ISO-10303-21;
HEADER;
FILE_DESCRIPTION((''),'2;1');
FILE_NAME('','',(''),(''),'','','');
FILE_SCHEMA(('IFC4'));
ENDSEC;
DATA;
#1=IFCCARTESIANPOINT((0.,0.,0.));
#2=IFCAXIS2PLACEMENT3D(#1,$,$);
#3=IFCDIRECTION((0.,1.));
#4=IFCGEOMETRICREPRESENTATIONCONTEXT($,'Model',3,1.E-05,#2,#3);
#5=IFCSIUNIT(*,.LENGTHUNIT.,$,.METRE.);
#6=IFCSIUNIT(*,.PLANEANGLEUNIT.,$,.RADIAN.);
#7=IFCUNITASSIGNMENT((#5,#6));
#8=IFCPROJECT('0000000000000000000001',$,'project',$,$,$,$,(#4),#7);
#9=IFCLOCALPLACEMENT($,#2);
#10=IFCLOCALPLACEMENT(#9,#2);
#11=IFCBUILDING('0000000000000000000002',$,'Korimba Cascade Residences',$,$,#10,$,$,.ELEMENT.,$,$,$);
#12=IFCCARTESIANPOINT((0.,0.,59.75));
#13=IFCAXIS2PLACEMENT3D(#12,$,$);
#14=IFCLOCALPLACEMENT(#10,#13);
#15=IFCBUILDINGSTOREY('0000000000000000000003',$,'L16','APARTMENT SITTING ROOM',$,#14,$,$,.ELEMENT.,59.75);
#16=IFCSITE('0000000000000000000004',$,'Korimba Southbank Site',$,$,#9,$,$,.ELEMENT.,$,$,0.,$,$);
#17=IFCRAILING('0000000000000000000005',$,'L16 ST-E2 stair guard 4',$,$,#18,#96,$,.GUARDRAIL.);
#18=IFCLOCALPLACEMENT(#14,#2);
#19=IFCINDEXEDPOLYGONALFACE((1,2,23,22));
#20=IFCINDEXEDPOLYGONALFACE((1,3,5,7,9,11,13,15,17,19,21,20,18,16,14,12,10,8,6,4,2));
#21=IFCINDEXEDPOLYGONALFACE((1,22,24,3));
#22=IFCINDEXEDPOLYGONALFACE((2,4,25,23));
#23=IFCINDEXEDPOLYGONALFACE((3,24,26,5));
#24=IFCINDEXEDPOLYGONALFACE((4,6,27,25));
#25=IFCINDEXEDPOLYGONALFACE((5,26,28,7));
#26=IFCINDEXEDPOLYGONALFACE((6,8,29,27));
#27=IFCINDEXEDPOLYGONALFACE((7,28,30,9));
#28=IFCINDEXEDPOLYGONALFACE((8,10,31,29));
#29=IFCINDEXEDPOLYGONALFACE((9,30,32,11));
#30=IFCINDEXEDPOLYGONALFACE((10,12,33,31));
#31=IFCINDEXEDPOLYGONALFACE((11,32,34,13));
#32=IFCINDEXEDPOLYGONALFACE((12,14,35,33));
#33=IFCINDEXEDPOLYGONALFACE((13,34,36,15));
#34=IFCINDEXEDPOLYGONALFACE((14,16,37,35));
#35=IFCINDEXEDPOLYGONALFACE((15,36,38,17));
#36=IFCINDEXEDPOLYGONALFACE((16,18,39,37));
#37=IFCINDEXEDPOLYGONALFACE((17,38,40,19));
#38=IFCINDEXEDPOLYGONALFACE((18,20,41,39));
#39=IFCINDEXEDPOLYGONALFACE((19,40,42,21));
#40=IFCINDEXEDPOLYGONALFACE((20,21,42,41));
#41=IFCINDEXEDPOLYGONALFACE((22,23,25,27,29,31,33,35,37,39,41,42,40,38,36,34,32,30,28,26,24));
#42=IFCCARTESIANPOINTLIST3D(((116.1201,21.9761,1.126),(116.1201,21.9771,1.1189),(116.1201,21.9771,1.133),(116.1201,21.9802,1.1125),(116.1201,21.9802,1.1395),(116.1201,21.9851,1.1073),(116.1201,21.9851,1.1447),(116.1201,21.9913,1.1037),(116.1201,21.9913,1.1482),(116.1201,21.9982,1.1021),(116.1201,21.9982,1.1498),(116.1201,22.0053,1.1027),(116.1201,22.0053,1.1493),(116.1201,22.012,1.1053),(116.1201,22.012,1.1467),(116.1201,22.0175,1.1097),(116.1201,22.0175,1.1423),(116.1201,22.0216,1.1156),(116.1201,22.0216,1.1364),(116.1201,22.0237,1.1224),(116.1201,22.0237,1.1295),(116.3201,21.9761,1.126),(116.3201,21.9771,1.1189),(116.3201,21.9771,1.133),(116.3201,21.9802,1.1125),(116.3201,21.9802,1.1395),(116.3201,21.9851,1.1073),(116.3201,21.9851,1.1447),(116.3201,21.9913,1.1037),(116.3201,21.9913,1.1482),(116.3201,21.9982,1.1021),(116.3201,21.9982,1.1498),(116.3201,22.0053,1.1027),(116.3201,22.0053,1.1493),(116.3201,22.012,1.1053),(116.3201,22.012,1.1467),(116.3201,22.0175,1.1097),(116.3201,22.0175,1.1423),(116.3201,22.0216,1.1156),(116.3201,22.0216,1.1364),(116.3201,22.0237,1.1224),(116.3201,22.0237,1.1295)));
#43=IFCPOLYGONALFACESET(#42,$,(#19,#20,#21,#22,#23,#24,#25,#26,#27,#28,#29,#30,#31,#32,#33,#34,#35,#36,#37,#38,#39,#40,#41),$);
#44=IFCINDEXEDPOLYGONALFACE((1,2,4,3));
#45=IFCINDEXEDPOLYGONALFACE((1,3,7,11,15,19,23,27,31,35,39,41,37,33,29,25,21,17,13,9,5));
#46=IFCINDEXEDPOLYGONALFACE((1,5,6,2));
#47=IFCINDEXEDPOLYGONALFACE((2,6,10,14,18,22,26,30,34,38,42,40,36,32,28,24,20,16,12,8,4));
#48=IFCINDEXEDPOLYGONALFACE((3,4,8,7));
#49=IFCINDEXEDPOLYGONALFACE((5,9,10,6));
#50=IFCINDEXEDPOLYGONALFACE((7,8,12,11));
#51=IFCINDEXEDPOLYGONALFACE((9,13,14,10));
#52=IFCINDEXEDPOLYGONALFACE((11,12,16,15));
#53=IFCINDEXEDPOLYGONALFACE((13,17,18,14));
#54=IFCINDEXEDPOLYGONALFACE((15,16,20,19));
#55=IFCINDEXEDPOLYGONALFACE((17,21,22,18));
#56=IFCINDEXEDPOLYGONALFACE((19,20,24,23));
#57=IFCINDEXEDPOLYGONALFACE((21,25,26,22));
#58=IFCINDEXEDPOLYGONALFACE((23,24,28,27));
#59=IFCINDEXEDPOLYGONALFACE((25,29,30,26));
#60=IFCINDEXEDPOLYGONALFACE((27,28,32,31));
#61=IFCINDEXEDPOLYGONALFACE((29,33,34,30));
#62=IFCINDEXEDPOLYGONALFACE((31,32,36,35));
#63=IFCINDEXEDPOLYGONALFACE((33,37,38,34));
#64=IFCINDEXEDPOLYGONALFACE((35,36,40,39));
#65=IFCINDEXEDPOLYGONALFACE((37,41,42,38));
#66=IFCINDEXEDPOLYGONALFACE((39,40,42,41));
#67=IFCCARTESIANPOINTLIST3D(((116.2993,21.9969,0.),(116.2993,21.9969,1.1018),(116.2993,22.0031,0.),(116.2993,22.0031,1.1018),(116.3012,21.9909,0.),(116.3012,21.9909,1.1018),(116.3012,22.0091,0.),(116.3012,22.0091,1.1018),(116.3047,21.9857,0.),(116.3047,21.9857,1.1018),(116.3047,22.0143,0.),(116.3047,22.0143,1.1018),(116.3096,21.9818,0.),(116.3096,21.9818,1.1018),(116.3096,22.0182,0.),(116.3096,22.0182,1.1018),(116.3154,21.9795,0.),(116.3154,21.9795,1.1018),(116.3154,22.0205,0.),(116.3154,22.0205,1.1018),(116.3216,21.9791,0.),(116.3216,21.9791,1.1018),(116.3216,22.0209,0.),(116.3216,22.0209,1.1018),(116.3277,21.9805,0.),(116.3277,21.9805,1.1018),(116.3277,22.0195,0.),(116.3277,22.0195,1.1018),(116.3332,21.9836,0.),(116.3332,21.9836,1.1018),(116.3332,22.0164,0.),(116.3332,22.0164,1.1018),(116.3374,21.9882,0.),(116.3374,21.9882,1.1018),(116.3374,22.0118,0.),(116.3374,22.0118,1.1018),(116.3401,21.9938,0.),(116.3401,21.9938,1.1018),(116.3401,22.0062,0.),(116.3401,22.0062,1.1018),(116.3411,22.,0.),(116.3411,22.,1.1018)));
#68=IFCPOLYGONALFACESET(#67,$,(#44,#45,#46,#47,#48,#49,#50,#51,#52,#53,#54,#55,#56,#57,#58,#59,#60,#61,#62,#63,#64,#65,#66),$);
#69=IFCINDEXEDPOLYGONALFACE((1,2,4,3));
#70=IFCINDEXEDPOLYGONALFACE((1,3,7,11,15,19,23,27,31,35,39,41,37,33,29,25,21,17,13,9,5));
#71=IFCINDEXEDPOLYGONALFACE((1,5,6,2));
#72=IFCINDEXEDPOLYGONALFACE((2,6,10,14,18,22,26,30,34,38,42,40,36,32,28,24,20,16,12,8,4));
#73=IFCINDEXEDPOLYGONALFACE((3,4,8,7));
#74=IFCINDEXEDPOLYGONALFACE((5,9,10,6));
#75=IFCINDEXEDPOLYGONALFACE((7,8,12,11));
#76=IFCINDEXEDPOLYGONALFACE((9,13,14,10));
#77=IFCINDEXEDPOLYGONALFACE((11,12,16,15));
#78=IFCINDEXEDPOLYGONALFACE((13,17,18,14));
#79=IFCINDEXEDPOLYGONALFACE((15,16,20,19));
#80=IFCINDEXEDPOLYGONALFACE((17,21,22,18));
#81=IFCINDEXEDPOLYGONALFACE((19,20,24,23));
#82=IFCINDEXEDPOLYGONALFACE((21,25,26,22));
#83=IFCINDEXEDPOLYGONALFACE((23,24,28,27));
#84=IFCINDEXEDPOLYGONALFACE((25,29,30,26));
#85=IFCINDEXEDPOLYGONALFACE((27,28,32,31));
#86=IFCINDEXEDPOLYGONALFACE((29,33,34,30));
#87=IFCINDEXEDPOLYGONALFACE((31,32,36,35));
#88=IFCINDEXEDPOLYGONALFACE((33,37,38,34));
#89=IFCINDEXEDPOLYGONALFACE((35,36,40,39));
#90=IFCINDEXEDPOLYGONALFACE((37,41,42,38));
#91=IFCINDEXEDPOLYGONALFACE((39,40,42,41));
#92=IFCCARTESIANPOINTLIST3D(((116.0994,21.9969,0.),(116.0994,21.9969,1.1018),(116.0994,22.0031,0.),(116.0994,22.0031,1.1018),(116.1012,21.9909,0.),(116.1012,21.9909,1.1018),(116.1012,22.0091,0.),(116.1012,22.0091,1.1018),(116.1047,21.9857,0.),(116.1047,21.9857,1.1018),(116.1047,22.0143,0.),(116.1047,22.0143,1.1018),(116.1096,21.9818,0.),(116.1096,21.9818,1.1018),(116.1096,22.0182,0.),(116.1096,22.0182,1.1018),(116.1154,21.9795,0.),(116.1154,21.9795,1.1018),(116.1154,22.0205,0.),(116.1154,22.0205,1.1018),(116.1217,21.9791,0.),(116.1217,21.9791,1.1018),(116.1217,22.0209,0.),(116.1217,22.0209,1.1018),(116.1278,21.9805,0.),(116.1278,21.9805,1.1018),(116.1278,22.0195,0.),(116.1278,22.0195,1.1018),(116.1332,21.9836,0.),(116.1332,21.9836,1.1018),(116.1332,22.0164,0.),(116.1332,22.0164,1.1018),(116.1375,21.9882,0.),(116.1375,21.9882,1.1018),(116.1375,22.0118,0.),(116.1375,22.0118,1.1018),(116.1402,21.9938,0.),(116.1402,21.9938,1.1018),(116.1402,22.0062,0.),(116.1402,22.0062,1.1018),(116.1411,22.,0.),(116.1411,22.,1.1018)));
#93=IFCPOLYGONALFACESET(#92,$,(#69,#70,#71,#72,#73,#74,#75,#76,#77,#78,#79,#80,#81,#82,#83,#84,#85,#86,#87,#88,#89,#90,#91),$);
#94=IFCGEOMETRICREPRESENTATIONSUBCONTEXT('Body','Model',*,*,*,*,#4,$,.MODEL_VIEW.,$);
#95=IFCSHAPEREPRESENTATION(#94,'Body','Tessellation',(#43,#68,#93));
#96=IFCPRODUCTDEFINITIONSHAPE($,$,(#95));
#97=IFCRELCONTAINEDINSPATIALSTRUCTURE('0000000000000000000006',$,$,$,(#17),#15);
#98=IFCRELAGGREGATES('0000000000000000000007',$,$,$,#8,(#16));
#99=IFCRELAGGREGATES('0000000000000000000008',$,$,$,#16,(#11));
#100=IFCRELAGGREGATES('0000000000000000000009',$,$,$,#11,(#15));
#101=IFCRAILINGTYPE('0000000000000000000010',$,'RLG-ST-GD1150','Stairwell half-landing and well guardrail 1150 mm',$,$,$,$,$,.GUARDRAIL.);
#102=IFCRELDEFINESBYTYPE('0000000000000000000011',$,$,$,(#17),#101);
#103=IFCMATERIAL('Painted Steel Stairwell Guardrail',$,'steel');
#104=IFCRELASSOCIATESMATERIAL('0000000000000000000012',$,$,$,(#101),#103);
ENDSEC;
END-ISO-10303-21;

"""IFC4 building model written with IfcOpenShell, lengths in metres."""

from ifc_helpers import new_model, si_unit, direction, frame, origin, origin_2d, place, context, subcontext, project, spatial, circle, extrude, material, type_object, element, save


model = new_model("IFC4")

# Units and contexts
model_context = context("Model", 3, precision=1e-05, world=origin(), true_north=direction((0.0, 1.0)))
body_context = subcontext(model_context, "Body", "Model", "MODEL_VIEW")
ifc_project = project(units=[si_unit("LENGTHUNIT", "METRE"), si_unit("PLANEANGLEUNIT", "RADIAN")], contexts=[model_context])

# Site, building, storey
site_placement = place(None, origin())
site = spatial("IfcSite", under=ifc_project, at=site_placement, Name="Korimba Southbank Site", CompositionType="ELEMENT", RefElevation=0.0)
building_placement = place(site_placement, origin())
building = spatial("IfcBuilding", under=site, at=building_placement, Name="Korimba Cascade Residences", CompositionType="ELEMENT")
storey_placement = place(building_placement, frame((0.0, 0.0, 59.75)))
storey = spatial("IfcBuildingStorey", under=building, at=storey_placement, Name="L16", Description="APARTMENT SITTING ROOM", CompositionType="ELEMENT", Elevation=59.75)

# Railing
ifc_material_1 = material(Name="Painted Steel Stairwell Guardrail", Category="steel")
railing_type_1 = type_object("IfcRailingType", Name="RLG-ST-GD1150", Description="Stairwell half-landing and well guardrail 1150 mm", PredefinedType="GUARDRAIL", material=ifc_material_1)
railing_1_placement = place(storey_placement, frame((116.3201, 22.0, 0.0)))
element("IfcRailing", 1, at=railing_1_placement, inside=storey, type_object=railing_type_1, Name="L16 ST-E2 stair guard 4", PredefinedType="GUARDRAIL", context=body_context, shape_type="SweptSolid", body=[
    extrude(circle(Radius=0.0239, at=origin_2d()), frame((0.0, 0.0, 1.126), z_axis=(-1.0, 0.0, 0.0), x_axis=(0.0, -1.0, 0.0)), (0.0, 0.0, 1.0), 0.2),
    extrude(circle(Radius=0.021, at=origin_2d()), origin(), (0.0, 0.0, 1.0), 1.1018),
    extrude(circle(Radius=0.021, at=origin_2d()), frame((-0.2, 0.0, 0.0)), (0.0, 0.0, 1.0), 1.1018),
])

save(model, "model.ifc")
